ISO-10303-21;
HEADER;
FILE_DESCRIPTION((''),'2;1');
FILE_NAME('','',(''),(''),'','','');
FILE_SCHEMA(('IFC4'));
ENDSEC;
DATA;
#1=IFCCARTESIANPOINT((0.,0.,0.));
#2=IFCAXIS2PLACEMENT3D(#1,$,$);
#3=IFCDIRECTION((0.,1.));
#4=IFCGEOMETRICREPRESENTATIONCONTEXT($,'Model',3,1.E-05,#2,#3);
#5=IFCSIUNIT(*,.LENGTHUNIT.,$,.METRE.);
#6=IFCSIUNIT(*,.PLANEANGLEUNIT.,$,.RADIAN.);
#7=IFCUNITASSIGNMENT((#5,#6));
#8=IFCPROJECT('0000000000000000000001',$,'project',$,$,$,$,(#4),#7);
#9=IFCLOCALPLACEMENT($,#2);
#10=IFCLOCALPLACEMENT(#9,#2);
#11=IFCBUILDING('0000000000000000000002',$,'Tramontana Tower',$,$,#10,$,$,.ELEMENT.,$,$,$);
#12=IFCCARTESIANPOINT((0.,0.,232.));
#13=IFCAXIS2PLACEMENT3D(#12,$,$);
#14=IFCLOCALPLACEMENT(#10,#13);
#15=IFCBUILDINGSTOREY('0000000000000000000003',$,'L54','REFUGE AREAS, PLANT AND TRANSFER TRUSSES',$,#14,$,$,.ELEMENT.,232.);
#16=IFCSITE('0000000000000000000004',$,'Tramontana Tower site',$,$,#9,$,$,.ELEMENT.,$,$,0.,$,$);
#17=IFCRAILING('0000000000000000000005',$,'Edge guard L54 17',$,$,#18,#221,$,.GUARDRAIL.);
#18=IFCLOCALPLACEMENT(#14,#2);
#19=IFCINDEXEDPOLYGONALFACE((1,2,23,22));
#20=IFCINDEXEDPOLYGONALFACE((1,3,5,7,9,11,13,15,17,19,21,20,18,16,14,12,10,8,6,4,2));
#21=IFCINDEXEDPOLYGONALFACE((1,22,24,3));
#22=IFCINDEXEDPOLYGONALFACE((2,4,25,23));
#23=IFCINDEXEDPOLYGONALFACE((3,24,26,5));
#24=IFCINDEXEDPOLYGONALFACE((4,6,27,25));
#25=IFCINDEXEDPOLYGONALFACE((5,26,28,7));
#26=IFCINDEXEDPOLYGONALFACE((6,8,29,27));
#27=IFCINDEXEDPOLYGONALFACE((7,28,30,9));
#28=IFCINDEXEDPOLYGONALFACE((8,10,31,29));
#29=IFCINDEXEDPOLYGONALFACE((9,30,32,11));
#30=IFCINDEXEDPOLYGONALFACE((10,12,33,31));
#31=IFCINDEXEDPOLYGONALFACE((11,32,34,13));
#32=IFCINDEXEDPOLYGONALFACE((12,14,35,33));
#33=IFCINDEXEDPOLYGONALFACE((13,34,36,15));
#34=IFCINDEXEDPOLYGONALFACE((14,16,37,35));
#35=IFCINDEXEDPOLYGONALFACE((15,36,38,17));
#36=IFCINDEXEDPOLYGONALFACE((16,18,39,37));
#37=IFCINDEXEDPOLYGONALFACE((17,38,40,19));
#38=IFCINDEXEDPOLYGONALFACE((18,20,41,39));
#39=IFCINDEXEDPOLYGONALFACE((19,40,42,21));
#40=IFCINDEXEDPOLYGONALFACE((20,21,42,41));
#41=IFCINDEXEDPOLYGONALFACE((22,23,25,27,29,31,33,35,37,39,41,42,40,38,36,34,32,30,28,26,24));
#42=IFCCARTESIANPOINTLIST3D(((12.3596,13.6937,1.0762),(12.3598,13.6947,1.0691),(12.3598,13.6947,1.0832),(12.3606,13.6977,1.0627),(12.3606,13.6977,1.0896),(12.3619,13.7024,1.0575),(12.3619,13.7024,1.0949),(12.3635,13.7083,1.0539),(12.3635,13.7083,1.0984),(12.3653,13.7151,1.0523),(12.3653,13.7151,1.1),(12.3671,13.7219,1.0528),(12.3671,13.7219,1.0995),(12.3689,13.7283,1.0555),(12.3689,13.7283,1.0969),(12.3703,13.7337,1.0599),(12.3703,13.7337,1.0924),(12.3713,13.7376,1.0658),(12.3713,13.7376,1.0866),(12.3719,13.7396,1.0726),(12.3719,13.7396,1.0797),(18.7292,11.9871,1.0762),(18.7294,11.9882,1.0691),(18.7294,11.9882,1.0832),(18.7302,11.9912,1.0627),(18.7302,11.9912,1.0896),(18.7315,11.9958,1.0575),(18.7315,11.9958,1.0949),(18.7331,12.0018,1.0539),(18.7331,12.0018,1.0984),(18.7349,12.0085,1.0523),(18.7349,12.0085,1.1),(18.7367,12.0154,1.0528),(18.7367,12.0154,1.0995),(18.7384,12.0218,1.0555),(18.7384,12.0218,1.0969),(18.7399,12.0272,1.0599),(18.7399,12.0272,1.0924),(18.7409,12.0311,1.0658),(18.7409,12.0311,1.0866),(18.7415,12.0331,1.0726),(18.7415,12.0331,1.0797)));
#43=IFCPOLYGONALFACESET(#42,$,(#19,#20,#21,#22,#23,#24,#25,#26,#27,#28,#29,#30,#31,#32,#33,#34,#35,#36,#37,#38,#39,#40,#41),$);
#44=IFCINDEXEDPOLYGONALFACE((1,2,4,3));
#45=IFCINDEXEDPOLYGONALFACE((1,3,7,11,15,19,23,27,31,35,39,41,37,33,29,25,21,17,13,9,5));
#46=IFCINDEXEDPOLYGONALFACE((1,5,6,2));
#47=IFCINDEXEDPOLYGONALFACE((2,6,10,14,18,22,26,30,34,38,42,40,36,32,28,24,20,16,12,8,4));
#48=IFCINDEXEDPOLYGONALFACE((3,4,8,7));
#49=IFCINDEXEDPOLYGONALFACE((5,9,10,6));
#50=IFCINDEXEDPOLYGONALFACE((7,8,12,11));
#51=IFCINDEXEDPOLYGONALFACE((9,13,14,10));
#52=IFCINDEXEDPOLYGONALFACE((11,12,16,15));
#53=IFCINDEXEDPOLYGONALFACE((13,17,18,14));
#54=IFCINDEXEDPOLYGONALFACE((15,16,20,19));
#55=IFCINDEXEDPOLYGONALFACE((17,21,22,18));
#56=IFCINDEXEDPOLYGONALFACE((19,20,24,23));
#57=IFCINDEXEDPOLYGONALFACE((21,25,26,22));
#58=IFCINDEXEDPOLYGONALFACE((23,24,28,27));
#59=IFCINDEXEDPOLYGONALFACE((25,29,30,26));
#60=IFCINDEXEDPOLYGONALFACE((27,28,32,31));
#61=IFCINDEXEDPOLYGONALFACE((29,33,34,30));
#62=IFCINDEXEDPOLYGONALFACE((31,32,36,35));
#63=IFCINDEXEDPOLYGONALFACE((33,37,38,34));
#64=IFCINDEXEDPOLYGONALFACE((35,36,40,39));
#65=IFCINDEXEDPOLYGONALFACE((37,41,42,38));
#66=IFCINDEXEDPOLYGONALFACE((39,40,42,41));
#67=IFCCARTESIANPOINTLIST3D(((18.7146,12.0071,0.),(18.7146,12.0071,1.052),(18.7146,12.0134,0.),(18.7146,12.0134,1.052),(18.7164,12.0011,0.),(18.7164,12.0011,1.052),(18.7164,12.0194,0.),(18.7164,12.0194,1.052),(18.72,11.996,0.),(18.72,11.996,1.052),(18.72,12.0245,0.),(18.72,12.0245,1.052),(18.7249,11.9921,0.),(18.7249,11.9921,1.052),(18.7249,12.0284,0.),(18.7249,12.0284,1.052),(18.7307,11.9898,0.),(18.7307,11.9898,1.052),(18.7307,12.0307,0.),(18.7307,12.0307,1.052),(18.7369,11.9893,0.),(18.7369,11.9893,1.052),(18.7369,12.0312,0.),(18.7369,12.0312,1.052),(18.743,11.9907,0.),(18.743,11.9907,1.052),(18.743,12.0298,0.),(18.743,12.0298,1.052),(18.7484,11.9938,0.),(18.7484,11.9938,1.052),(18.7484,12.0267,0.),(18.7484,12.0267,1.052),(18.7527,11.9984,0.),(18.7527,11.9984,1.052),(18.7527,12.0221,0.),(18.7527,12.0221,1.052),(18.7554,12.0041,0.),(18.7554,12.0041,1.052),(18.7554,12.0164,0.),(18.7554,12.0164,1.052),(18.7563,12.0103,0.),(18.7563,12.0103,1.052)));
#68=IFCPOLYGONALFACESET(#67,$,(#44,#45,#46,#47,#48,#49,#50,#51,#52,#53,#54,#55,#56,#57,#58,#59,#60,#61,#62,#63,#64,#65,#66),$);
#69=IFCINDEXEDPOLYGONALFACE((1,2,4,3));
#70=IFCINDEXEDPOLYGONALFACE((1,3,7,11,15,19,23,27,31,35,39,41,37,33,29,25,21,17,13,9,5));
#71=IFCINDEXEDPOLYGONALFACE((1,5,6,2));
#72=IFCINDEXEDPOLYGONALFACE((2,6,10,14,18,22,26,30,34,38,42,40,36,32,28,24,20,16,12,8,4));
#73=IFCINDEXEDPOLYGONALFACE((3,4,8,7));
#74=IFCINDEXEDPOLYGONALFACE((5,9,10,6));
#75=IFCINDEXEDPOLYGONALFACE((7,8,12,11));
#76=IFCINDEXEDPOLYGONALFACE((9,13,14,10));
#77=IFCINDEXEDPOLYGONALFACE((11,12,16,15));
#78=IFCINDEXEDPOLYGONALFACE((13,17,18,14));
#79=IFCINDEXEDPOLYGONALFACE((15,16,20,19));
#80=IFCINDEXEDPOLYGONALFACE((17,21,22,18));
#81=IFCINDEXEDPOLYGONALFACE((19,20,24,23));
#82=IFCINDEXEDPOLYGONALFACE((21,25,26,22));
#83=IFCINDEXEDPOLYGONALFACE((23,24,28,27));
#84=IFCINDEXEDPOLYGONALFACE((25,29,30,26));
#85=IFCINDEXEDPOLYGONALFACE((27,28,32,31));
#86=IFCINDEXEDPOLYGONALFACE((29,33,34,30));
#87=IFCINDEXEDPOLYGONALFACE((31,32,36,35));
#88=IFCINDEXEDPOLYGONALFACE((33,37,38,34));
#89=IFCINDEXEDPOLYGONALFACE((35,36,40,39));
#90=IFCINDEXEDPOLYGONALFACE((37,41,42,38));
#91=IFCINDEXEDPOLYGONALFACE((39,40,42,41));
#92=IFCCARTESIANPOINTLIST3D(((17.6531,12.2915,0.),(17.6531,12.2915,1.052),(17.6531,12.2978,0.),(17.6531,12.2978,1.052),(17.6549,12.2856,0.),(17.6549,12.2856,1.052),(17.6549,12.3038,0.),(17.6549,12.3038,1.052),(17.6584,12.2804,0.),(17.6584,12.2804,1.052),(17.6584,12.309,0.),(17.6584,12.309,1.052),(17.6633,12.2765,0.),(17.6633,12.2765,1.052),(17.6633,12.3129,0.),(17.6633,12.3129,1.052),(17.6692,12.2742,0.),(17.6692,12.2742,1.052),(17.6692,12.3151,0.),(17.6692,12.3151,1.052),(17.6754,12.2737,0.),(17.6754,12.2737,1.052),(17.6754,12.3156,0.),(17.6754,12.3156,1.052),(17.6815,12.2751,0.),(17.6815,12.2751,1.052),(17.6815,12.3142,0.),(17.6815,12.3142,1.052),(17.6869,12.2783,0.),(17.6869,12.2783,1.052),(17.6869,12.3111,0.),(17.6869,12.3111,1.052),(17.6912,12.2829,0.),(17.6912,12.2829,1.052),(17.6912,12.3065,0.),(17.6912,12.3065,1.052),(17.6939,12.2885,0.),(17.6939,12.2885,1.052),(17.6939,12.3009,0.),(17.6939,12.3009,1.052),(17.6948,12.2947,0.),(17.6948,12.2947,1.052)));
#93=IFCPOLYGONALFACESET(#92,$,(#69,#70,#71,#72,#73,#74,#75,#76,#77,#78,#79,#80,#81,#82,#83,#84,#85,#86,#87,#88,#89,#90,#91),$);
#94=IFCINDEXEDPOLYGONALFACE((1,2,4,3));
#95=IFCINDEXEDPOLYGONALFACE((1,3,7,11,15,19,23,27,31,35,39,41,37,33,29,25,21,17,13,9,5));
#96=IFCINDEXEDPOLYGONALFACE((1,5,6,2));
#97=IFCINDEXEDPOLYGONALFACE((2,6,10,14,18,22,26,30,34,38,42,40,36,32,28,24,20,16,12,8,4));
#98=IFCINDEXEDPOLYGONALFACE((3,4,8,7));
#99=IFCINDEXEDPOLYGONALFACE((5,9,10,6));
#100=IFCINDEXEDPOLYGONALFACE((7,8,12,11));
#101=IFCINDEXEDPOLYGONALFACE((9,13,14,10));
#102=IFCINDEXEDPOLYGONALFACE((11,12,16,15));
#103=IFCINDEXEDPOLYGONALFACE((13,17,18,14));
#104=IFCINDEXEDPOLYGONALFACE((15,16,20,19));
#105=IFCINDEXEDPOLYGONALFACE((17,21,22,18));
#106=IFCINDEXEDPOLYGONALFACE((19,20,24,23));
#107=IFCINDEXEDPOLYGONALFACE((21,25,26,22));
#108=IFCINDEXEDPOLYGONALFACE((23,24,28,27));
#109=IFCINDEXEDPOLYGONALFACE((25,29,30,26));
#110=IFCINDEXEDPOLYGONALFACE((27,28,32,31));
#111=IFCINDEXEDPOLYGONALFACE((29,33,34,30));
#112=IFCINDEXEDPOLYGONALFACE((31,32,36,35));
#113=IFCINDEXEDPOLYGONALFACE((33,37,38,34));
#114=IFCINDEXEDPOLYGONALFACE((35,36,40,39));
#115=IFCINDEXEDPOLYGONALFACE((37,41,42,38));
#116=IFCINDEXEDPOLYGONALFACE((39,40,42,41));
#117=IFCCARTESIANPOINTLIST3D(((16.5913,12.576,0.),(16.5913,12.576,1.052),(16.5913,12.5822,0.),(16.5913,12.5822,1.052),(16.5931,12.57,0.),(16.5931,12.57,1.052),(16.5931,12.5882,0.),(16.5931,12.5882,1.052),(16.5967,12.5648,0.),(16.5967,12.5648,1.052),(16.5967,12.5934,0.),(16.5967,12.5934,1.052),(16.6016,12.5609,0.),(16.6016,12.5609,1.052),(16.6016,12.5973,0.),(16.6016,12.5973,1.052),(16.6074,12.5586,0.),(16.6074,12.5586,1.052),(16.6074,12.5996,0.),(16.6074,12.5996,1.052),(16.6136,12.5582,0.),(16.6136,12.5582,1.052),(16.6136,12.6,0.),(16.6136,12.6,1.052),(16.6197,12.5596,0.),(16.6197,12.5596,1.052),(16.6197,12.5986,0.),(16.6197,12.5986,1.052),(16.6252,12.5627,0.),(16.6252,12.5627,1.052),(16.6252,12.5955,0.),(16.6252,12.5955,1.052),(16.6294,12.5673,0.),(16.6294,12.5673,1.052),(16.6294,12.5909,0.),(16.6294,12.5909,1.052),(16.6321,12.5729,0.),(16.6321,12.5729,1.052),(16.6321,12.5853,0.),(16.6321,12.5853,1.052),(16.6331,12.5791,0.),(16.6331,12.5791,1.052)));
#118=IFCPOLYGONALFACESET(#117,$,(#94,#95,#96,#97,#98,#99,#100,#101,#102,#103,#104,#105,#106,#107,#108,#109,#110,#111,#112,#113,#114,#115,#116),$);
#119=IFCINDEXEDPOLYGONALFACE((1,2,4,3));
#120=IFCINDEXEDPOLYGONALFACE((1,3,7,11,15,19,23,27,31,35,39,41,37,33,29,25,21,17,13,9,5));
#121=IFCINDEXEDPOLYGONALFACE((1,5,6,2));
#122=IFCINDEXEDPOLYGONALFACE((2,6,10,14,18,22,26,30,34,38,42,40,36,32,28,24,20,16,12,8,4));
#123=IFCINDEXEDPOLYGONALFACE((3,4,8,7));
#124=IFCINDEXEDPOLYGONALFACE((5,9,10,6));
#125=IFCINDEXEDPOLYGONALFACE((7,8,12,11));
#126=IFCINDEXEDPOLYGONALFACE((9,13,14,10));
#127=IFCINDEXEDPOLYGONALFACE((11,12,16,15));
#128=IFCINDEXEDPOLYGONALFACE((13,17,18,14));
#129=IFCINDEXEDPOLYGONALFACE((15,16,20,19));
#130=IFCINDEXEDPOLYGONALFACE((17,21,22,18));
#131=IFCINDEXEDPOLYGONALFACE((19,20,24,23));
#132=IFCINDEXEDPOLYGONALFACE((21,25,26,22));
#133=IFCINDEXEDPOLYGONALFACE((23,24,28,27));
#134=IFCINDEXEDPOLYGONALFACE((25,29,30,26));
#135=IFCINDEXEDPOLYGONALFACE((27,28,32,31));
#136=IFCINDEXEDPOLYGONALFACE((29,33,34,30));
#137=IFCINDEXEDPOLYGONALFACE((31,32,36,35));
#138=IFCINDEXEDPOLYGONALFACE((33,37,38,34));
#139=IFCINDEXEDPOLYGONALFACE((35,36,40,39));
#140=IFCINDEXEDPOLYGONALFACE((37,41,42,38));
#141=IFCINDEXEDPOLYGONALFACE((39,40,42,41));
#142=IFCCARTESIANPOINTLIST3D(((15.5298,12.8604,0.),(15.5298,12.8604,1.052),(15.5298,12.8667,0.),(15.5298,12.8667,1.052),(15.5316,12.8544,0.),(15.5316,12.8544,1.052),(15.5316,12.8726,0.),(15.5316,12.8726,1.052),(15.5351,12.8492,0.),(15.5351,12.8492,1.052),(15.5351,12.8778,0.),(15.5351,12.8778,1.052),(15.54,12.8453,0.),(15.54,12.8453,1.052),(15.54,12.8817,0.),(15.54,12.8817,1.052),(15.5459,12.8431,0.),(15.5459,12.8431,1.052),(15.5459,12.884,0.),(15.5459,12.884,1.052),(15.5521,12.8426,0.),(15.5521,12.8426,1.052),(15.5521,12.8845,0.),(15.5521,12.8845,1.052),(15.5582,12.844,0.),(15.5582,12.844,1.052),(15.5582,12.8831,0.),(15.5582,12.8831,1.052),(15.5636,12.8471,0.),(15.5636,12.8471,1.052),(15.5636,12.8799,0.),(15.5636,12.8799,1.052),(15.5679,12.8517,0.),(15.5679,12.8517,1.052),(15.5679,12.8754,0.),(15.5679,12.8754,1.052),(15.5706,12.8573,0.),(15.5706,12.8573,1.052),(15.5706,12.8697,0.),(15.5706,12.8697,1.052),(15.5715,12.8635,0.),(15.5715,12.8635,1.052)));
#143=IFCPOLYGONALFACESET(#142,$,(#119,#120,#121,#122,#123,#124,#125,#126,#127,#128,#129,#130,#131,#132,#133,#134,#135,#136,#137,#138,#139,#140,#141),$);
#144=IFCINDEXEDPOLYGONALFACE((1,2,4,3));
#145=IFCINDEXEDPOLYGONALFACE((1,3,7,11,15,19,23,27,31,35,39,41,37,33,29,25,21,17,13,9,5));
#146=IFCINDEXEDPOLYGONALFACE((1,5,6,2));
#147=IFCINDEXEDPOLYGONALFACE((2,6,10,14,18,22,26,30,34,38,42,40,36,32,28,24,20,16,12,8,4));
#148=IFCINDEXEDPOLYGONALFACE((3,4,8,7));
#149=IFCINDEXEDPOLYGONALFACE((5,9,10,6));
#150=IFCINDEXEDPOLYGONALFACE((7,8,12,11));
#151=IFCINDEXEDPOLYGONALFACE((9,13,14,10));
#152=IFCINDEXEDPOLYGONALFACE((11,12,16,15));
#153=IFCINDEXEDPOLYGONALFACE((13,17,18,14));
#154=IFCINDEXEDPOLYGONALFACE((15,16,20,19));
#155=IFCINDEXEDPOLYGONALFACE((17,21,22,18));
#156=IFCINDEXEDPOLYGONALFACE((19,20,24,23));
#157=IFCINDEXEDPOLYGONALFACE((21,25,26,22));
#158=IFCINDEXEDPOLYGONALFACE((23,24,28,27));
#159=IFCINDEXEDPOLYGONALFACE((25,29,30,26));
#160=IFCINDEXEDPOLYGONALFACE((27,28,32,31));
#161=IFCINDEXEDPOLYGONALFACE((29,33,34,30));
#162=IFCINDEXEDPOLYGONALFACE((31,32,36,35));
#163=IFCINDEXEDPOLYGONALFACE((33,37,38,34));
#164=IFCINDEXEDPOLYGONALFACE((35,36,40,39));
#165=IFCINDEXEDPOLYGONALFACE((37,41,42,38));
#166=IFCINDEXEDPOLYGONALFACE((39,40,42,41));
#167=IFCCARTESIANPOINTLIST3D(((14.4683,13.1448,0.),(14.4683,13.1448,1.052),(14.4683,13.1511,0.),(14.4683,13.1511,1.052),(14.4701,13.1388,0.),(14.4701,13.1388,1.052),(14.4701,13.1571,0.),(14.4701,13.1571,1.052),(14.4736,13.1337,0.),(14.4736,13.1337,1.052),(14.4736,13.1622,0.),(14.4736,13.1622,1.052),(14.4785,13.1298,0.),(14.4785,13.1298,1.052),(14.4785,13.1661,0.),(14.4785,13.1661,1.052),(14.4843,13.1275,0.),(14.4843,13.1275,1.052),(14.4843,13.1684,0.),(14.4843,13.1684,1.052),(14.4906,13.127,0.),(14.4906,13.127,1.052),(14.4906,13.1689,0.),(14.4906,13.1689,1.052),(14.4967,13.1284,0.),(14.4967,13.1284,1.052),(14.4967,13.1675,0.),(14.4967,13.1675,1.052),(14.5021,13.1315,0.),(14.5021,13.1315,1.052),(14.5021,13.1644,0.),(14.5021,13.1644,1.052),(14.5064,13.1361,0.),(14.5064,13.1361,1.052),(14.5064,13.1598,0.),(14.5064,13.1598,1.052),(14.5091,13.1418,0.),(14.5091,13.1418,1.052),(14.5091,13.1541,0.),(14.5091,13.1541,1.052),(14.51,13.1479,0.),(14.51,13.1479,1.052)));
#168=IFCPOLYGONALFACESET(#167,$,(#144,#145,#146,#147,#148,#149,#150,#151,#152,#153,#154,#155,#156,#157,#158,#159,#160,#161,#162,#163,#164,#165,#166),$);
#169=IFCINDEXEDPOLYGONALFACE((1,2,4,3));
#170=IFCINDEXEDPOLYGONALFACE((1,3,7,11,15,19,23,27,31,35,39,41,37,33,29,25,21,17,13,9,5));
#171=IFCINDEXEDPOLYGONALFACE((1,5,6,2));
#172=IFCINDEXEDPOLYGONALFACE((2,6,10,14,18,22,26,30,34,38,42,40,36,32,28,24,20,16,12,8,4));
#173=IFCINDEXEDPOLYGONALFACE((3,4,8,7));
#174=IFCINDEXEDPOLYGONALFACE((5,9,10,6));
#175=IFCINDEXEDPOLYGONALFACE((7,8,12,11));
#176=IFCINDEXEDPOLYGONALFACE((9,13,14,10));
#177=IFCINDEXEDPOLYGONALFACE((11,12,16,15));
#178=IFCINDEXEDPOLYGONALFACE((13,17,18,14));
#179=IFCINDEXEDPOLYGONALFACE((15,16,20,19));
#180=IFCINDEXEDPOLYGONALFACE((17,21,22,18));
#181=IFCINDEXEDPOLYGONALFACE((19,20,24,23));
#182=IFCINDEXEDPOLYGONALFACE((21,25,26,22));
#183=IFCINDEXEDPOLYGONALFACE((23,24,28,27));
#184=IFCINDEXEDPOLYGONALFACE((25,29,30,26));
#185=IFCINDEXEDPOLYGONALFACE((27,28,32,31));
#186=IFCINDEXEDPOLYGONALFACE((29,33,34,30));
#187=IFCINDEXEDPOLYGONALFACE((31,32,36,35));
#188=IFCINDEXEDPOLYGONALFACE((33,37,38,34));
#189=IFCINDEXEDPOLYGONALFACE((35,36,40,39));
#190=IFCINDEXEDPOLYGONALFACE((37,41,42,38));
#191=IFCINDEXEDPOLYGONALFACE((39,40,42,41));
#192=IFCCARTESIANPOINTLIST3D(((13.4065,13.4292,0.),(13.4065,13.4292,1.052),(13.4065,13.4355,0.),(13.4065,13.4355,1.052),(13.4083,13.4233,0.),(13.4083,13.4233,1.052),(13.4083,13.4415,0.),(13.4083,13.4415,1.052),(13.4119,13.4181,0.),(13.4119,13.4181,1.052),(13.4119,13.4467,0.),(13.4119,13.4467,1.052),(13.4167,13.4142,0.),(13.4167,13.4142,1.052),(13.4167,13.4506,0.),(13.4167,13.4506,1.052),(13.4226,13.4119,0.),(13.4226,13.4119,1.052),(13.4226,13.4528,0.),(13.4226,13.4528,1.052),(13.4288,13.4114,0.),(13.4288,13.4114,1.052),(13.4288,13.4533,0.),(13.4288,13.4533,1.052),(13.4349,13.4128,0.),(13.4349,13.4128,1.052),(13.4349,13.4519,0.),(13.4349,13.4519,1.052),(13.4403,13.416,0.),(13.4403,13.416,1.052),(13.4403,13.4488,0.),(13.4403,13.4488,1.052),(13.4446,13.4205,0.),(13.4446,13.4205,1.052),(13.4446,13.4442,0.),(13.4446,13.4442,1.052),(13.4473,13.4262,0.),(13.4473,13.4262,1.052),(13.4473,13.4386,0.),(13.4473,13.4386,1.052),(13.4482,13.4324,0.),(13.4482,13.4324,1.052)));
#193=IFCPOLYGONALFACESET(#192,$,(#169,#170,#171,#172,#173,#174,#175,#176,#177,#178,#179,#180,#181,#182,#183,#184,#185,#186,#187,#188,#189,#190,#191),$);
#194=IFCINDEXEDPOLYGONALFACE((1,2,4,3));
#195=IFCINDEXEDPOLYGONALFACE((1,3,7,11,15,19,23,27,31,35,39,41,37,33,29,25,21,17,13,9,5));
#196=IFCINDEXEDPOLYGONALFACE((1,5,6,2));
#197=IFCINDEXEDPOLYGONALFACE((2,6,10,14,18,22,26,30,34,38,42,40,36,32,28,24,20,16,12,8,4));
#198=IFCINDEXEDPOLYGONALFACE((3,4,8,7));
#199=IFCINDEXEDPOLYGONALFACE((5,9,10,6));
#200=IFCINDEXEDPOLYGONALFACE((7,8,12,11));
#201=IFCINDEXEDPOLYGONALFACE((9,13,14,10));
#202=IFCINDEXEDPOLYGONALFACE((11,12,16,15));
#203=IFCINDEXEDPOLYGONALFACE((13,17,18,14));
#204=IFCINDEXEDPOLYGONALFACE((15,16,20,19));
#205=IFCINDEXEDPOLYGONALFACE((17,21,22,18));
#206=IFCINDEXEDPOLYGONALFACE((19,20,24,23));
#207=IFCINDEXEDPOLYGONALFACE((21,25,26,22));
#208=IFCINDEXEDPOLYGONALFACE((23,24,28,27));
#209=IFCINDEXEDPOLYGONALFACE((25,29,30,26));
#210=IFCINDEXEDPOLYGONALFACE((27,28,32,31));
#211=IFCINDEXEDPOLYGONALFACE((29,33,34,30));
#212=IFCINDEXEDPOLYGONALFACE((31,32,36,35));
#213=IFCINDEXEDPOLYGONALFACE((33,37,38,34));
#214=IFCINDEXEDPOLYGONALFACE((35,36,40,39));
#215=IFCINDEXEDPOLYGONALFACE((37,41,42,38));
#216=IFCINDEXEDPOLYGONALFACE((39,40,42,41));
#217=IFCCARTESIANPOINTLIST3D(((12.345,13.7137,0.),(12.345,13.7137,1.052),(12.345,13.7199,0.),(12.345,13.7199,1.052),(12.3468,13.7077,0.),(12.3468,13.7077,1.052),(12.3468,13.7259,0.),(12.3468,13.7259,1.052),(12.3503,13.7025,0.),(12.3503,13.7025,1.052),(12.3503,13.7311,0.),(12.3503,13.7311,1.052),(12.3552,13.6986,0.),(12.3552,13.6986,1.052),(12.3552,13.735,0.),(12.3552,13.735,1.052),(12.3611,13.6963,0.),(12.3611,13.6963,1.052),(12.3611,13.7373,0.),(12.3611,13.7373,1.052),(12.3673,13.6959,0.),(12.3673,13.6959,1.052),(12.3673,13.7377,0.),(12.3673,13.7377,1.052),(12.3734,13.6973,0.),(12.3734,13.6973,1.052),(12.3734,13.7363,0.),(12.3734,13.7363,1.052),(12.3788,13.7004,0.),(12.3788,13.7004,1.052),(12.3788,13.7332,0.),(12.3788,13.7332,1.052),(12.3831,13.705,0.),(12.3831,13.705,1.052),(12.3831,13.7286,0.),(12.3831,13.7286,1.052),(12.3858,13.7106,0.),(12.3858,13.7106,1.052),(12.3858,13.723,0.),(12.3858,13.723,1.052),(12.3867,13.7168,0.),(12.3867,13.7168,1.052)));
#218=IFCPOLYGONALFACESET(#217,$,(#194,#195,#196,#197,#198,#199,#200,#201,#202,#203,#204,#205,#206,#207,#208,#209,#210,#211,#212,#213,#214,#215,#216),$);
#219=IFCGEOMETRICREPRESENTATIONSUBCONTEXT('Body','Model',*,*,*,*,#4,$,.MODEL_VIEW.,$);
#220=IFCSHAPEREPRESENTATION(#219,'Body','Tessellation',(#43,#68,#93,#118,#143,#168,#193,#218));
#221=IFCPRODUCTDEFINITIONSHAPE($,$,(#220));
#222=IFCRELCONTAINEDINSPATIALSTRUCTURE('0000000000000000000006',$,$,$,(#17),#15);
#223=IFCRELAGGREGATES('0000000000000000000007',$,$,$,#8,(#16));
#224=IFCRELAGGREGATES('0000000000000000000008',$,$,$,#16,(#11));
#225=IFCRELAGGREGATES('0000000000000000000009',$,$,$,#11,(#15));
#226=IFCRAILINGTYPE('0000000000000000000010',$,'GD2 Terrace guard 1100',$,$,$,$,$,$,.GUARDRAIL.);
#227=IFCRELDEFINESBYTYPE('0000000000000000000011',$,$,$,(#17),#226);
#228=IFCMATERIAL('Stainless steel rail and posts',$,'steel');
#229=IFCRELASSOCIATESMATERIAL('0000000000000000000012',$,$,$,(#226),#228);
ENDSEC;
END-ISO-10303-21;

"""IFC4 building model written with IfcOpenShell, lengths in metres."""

from ifc_helpers import new_model, si_unit, direction, frame, origin, origin_2d, place, context, subcontext, project, spatial, circle, extrude, material, type_object, element, save


model = new_model("IFC4")

# Units and contexts
model_context = context("Model", 3, precision=1e-05, world=origin(), true_north=direction((0.0, 1.0)))
body_context = subcontext(model_context, "Body", "Model", "MODEL_VIEW")
ifc_project = project(units=[si_unit("LENGTHUNIT", "METRE"), si_unit("PLANEANGLEUNIT", "RADIAN")], contexts=[model_context])

# Site, building, storey
site_placement = place(None, origin())
site = spatial("IfcSite", under=ifc_project, at=site_placement, Name="Tramontana Tower site", CompositionType="ELEMENT", RefElevation=0.0)
building_placement = place(site_placement, origin())
building = spatial("IfcBuilding", under=site, at=building_placement, Name="Tramontana Tower", CompositionType="ELEMENT")
storey_placement = place(building_placement, frame((0.0, 0.0, 232.0)))
storey = spatial("IfcBuildingStorey", under=building, at=storey_placement, Name="L54", Description="REFUGE AREAS, PLANT AND TRANSFER TRUSSES", CompositionType="ELEMENT", Elevation=232.0)

# Railing
ifc_material_1 = material(Name="Stainless steel rail and posts", Category="steel")
railing_type = type_object("IfcRailingType", Name="GD2 Terrace guard 1100", PredefinedType="GUARDRAIL", material=ifc_material_1)
railing_placement = place(storey_placement, frame((18.7354, 12.0103, 0.0)))
element("IfcRailing", 1, at=railing_placement, inside=storey, type_object=railing_type, Name="Edge guard L54 17", PredefinedType="GUARDRAIL", context=body_context, shape_type="SweptSolid", body=[
    extrude(circle(Radius=0.0239, at=origin_2d()), frame((0.0, 0.0, 1.0762), z_axis=(-0.965933, 0.258792, 0.0), x_axis=(-0.258792, -0.965933, 0.0)), (0.0, 0.0, 1.0), 6.5942),
    extrude(circle(Radius=0.021, at=origin_2d()), origin(), (0.0, 0.0, 1.0), 1.052),
    extrude(circle(Radius=0.021, at=origin_2d()), frame((-1.0615, 0.2844, 0.0)), (0.0, 0.0, 1.0), 1.052),
    extrude(circle(Radius=0.021, at=origin_2d()), frame((-2.1233, 0.5688, 0.0)), (0.0, 0.0, 1.0), 1.052),
    extrude(circle(Radius=0.021, at=origin_2d()), frame((-3.1848, 0.8533, 0.0)), (0.0, 0.0, 1.0), 1.052),
    extrude(circle(Radius=0.021, at=origin_2d()), frame((-4.2463, 1.1377, 0.0)), (0.0, 0.0, 1.0), 1.052),
    extrude(circle(Radius=0.021, at=origin_2d()), frame((-5.3081, 1.4221, 0.0)), (0.0, 0.0, 1.0), 1.052),
    extrude(circle(Radius=0.021, at=origin_2d()), frame((-6.3696, 1.7065, 0.0)), (0.0, 0.0, 1.0), 1.052),
])

save(model, "model.ifc")
